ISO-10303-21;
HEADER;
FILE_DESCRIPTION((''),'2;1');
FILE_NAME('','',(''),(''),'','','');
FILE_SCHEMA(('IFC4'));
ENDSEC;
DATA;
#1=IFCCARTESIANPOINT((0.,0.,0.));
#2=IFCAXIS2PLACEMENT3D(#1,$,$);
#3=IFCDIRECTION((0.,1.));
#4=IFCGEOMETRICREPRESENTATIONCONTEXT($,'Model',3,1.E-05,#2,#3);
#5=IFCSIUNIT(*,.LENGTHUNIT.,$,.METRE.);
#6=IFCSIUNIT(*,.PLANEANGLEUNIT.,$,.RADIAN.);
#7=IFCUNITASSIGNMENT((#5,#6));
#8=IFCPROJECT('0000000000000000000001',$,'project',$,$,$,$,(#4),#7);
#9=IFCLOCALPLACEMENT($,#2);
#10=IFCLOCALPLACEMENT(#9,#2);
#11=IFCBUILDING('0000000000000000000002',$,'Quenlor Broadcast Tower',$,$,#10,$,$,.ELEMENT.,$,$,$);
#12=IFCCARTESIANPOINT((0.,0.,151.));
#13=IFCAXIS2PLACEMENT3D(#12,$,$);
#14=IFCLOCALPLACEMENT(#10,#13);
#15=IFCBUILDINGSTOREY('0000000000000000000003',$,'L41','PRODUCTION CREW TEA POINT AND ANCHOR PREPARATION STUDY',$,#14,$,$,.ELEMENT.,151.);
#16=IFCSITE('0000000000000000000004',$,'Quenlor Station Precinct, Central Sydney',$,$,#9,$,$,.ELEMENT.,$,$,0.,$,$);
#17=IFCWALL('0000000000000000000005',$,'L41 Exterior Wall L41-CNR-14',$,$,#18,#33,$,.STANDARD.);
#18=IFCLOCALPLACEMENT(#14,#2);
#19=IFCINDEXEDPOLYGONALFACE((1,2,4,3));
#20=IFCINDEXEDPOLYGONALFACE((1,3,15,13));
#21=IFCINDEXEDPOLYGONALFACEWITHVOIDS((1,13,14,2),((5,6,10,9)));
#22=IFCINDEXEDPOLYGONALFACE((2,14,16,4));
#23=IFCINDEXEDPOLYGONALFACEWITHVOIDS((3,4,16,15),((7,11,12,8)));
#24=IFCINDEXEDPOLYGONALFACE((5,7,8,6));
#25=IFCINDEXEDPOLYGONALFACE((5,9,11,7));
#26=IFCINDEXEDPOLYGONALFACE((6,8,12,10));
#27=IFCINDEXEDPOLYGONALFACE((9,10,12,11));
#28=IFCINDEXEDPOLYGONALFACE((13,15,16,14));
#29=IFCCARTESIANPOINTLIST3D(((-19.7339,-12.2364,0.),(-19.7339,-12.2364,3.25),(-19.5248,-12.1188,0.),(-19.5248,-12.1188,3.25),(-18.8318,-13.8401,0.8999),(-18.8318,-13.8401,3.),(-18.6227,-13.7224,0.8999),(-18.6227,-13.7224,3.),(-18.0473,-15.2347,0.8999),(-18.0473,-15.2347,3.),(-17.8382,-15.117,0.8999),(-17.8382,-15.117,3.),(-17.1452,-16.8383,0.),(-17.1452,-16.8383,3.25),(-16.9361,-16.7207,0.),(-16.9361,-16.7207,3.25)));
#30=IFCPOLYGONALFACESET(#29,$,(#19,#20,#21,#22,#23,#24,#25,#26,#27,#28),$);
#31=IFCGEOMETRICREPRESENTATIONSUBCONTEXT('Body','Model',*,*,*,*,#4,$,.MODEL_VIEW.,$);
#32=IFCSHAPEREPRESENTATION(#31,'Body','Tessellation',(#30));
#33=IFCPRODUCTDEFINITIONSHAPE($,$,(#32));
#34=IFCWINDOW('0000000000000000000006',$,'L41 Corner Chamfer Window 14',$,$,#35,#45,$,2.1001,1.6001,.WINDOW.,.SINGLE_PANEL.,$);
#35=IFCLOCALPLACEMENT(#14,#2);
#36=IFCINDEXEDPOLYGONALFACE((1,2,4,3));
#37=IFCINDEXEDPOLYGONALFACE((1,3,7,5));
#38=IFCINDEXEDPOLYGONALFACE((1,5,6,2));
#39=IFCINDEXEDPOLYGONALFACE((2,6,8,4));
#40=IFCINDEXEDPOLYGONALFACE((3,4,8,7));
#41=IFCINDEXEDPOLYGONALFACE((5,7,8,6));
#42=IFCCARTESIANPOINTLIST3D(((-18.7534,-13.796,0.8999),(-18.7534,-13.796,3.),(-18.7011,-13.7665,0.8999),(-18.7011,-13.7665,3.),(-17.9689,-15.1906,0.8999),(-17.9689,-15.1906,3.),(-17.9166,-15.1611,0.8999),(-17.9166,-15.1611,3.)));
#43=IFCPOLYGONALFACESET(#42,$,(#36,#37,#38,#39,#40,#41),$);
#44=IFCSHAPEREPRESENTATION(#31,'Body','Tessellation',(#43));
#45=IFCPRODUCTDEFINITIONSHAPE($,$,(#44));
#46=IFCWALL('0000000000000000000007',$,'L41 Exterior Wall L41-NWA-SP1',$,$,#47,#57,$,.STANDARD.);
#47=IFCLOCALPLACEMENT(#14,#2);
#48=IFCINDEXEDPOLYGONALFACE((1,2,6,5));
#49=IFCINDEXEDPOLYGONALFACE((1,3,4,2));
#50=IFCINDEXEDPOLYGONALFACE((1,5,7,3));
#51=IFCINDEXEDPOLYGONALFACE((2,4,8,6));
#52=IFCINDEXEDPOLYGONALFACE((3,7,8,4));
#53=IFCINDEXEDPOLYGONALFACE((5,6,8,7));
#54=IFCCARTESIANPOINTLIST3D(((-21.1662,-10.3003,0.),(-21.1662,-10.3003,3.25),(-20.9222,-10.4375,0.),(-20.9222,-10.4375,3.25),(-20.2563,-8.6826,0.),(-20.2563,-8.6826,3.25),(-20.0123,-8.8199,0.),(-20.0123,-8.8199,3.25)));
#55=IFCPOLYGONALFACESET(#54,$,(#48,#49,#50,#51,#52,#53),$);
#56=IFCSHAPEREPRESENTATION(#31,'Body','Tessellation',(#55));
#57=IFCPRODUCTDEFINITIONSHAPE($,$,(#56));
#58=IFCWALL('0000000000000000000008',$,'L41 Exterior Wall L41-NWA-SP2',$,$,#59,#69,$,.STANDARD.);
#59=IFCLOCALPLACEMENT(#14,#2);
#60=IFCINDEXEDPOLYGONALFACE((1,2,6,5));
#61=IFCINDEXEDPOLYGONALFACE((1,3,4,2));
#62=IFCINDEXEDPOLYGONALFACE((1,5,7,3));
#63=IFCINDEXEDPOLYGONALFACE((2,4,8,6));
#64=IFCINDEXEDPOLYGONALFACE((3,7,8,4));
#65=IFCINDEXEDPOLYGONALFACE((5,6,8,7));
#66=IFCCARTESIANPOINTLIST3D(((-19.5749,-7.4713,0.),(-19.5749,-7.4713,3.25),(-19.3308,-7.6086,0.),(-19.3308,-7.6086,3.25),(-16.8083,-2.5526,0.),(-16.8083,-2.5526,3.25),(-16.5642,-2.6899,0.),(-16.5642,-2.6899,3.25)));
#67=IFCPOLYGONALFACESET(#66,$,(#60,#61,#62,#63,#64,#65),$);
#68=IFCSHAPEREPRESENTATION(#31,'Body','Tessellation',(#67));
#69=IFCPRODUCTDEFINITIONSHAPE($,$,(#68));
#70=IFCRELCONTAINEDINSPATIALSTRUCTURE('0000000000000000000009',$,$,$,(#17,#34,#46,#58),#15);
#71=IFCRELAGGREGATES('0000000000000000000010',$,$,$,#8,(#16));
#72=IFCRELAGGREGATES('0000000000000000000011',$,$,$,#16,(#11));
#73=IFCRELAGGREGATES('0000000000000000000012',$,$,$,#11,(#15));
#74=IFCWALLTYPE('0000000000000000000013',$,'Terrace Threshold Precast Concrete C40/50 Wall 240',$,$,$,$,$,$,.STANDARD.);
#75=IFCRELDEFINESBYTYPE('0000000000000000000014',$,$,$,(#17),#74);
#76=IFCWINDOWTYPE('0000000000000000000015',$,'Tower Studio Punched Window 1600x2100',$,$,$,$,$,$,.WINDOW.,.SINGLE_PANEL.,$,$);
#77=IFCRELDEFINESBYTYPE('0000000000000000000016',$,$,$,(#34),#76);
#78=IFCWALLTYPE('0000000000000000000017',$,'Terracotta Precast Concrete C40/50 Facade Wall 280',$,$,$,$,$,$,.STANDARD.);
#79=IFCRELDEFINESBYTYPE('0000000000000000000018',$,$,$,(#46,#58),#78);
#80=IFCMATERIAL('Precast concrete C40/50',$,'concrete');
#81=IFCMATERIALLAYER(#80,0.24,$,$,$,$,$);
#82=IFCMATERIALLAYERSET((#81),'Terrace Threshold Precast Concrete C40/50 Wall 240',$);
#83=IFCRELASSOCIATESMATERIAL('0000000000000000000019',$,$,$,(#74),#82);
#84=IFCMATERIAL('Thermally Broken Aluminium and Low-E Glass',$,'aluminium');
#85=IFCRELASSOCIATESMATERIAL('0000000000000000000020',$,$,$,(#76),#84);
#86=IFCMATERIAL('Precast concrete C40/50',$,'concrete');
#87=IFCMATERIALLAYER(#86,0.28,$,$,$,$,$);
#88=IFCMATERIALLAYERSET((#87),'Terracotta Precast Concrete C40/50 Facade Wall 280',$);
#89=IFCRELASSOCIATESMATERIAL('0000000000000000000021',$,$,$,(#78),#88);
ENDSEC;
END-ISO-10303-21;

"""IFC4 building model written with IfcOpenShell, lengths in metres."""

from ifc_helpers import new_model, si_unit, direction, frame, frame_2d, origin, place, context, subcontext, project, spatial, rectangle, extrude, material, layer, layer_set, type_object, element, fill, save


model = new_model("IFC4")

# Units and contexts
model_context = context("Model", 3, precision=1e-05, world=origin(), true_north=direction((0.0, 1.0)))
body_context = subcontext(model_context, "Body", "Model", "MODEL_VIEW")
ifc_project = project(units=[si_unit("LENGTHUNIT", "METRE"), si_unit("PLANEANGLEUNIT", "RADIAN")], contexts=[model_context])

# Site, building, storey
site_placement = place(None, origin())
site = spatial("IfcSite", under=ifc_project, at=site_placement, Name="Quenlor Station Precinct, Central Sydney", CompositionType="ELEMENT", RefElevation=0.0)
building_placement = place(site_placement, origin())
building = spatial("IfcBuilding", under=site, at=building_placement, Name="Quenlor Broadcast Tower", CompositionType="ELEMENT")
storey_placement = place(building_placement, frame((0.0, 0.0, 151.0)))
storey = spatial("IfcBuildingStorey", under=building, at=storey_placement, Name="L41", Description="PRODUCTION CREW TEA POINT AND ANCHOR PREPARATION STUDY", CompositionType="ELEMENT", Elevation=151.0)

# Shared definitions
ifc_material_1 = material(Name="Precast concrete C40/50", Category="concrete")
ifc_layer_1 = layer(ifc_material_1, 0.24)
ifc_layer_set_1 = layer_set([ifc_layer_1], Name="Terrace Threshold Precast Concrete C40/50 Wall 240")
wall_type_1 = type_object("IfcWallType", Name="Terrace Threshold Precast Concrete C40/50 Wall 240", PredefinedType="STANDARD", material=ifc_layer_set_1)

# Wall, opening, window
wall_1_placement = place(storey_placement, frame((-19.6294, -12.1775, 0.0), z_axis=(0.0, 0.0, 1.0), x_axis=(0.490277, -0.871567, 0.0)))
wall_1 = element("IfcWall", 1, at=wall_1_placement, inside=storey, type_object=wall_type_1, Name="L41 Exterior Wall L41-CNR-14", PredefinedType="STANDARD", context=body_context, shape_type="SweptSolid", body=[
    extrude(rectangle(XDim=5.28, YDim=0.24, at=frame_2d((2.6401, 0.0))), origin(), (0.0, 0.0, 1.0), 3.25),
])
opening_placement = place(wall_1_placement, frame((1.8401, 0.0, 0.8999)))
opening = element("IfcOpeningElement", 2, at=opening_placement, cuts=wall_1, PredefinedType="OPENING", context=body_context, shape_type="SweptSolid", body=[
    extrude(rectangle(XDim=1.6001, YDim=2.1001, at=frame_2d((0.8, 1.05))), frame((0.0, 0.1299, 0.0), z_axis=(0.0, -1.0, 0.0), x_axis=(1.0, 0.0, 0.0)), (0.0, 0.0, 1.0), 0.26),
])
ifc_material_2 = material(Name="Thermally Broken Aluminium and Low-E Glass", Category="aluminium")
window_type = type_object("IfcWindowType", Name="Tower Studio Punched Window 1600x2100", PartitioningType="SINGLE_PANEL", PredefinedType="WINDOW", material=ifc_material_2)
window_placement = place(opening_placement, origin())
window = element("IfcWindow", 3, at=window_placement, inside=storey, type_object=window_type, Name="L41 Corner Chamfer Window 14", OverallHeight=2.1001, OverallWidth=1.6001, PartitioningType="SINGLE_PANEL", PredefinedType="WINDOW", context=body_context, shape_type="SweptSolid", body=[
    extrude(rectangle(XDim=1.6001, YDim=2.1001, at=frame_2d((0.8, 1.05))), frame((0.0, 0.03, 0.0), z_axis=(0.0, -1.0, 0.0), x_axis=(1.0, 0.0, 0.0)), (0.0, 0.0, 1.0), 0.0601),
])
fill(opening, window)

# Walls
ifc_material_3 = material(Name="Precast concrete C40/50", Category="concrete")
ifc_layer_2 = layer(ifc_material_3, 0.28)
ifc_layer_set_2 = layer_set([ifc_layer_2], Name="Terracotta Precast Concrete C40/50 Facade Wall 280")
wall_type_2 = type_object("IfcWallType", Name="Terracotta Precast Concrete C40/50 Facade Wall 280", PredefinedType="STANDARD", material=ifc_layer_set_2)
wall_2_placement = place(storey_placement, frame((-21.0442, -10.3689, 0.0), z_axis=(0.0, 0.0, 1.0), x_axis=(0.490249, 0.871583, 0.0)))
element("IfcWall", 4, at=wall_2_placement, inside=storey, type_object=wall_type_2, Name="L41 Exterior Wall L41-NWA-SP1", PredefinedType="STANDARD", context=body_context, shape_type="SweptSolid", body=[
    extrude(rectangle(XDim=1.856, YDim=0.28, at=frame_2d((0.928, 0.0))), origin(), (0.0, 0.0, 1.0), 3.25),
])
wall_3_placement = place(storey_placement, frame((-19.4529, -7.54, 0.0), z_axis=(0.0, 0.0, 1.0), x_axis=(0.490239, 0.871588, 0.0)))
element("IfcWall", 5, at=wall_3_placement, inside=storey, type_object=wall_type_2, Name="L41 Exterior Wall L41-NWA-SP2", PredefinedType="STANDARD", context=body_context, shape_type="SweptSolid", body=[
    extrude(rectangle(XDim=5.6433, YDim=0.28, at=frame_2d((2.8218, 0.0))), origin(), (0.0, 0.0, 1.0), 3.25),
])

save(model, "model.ifc")
